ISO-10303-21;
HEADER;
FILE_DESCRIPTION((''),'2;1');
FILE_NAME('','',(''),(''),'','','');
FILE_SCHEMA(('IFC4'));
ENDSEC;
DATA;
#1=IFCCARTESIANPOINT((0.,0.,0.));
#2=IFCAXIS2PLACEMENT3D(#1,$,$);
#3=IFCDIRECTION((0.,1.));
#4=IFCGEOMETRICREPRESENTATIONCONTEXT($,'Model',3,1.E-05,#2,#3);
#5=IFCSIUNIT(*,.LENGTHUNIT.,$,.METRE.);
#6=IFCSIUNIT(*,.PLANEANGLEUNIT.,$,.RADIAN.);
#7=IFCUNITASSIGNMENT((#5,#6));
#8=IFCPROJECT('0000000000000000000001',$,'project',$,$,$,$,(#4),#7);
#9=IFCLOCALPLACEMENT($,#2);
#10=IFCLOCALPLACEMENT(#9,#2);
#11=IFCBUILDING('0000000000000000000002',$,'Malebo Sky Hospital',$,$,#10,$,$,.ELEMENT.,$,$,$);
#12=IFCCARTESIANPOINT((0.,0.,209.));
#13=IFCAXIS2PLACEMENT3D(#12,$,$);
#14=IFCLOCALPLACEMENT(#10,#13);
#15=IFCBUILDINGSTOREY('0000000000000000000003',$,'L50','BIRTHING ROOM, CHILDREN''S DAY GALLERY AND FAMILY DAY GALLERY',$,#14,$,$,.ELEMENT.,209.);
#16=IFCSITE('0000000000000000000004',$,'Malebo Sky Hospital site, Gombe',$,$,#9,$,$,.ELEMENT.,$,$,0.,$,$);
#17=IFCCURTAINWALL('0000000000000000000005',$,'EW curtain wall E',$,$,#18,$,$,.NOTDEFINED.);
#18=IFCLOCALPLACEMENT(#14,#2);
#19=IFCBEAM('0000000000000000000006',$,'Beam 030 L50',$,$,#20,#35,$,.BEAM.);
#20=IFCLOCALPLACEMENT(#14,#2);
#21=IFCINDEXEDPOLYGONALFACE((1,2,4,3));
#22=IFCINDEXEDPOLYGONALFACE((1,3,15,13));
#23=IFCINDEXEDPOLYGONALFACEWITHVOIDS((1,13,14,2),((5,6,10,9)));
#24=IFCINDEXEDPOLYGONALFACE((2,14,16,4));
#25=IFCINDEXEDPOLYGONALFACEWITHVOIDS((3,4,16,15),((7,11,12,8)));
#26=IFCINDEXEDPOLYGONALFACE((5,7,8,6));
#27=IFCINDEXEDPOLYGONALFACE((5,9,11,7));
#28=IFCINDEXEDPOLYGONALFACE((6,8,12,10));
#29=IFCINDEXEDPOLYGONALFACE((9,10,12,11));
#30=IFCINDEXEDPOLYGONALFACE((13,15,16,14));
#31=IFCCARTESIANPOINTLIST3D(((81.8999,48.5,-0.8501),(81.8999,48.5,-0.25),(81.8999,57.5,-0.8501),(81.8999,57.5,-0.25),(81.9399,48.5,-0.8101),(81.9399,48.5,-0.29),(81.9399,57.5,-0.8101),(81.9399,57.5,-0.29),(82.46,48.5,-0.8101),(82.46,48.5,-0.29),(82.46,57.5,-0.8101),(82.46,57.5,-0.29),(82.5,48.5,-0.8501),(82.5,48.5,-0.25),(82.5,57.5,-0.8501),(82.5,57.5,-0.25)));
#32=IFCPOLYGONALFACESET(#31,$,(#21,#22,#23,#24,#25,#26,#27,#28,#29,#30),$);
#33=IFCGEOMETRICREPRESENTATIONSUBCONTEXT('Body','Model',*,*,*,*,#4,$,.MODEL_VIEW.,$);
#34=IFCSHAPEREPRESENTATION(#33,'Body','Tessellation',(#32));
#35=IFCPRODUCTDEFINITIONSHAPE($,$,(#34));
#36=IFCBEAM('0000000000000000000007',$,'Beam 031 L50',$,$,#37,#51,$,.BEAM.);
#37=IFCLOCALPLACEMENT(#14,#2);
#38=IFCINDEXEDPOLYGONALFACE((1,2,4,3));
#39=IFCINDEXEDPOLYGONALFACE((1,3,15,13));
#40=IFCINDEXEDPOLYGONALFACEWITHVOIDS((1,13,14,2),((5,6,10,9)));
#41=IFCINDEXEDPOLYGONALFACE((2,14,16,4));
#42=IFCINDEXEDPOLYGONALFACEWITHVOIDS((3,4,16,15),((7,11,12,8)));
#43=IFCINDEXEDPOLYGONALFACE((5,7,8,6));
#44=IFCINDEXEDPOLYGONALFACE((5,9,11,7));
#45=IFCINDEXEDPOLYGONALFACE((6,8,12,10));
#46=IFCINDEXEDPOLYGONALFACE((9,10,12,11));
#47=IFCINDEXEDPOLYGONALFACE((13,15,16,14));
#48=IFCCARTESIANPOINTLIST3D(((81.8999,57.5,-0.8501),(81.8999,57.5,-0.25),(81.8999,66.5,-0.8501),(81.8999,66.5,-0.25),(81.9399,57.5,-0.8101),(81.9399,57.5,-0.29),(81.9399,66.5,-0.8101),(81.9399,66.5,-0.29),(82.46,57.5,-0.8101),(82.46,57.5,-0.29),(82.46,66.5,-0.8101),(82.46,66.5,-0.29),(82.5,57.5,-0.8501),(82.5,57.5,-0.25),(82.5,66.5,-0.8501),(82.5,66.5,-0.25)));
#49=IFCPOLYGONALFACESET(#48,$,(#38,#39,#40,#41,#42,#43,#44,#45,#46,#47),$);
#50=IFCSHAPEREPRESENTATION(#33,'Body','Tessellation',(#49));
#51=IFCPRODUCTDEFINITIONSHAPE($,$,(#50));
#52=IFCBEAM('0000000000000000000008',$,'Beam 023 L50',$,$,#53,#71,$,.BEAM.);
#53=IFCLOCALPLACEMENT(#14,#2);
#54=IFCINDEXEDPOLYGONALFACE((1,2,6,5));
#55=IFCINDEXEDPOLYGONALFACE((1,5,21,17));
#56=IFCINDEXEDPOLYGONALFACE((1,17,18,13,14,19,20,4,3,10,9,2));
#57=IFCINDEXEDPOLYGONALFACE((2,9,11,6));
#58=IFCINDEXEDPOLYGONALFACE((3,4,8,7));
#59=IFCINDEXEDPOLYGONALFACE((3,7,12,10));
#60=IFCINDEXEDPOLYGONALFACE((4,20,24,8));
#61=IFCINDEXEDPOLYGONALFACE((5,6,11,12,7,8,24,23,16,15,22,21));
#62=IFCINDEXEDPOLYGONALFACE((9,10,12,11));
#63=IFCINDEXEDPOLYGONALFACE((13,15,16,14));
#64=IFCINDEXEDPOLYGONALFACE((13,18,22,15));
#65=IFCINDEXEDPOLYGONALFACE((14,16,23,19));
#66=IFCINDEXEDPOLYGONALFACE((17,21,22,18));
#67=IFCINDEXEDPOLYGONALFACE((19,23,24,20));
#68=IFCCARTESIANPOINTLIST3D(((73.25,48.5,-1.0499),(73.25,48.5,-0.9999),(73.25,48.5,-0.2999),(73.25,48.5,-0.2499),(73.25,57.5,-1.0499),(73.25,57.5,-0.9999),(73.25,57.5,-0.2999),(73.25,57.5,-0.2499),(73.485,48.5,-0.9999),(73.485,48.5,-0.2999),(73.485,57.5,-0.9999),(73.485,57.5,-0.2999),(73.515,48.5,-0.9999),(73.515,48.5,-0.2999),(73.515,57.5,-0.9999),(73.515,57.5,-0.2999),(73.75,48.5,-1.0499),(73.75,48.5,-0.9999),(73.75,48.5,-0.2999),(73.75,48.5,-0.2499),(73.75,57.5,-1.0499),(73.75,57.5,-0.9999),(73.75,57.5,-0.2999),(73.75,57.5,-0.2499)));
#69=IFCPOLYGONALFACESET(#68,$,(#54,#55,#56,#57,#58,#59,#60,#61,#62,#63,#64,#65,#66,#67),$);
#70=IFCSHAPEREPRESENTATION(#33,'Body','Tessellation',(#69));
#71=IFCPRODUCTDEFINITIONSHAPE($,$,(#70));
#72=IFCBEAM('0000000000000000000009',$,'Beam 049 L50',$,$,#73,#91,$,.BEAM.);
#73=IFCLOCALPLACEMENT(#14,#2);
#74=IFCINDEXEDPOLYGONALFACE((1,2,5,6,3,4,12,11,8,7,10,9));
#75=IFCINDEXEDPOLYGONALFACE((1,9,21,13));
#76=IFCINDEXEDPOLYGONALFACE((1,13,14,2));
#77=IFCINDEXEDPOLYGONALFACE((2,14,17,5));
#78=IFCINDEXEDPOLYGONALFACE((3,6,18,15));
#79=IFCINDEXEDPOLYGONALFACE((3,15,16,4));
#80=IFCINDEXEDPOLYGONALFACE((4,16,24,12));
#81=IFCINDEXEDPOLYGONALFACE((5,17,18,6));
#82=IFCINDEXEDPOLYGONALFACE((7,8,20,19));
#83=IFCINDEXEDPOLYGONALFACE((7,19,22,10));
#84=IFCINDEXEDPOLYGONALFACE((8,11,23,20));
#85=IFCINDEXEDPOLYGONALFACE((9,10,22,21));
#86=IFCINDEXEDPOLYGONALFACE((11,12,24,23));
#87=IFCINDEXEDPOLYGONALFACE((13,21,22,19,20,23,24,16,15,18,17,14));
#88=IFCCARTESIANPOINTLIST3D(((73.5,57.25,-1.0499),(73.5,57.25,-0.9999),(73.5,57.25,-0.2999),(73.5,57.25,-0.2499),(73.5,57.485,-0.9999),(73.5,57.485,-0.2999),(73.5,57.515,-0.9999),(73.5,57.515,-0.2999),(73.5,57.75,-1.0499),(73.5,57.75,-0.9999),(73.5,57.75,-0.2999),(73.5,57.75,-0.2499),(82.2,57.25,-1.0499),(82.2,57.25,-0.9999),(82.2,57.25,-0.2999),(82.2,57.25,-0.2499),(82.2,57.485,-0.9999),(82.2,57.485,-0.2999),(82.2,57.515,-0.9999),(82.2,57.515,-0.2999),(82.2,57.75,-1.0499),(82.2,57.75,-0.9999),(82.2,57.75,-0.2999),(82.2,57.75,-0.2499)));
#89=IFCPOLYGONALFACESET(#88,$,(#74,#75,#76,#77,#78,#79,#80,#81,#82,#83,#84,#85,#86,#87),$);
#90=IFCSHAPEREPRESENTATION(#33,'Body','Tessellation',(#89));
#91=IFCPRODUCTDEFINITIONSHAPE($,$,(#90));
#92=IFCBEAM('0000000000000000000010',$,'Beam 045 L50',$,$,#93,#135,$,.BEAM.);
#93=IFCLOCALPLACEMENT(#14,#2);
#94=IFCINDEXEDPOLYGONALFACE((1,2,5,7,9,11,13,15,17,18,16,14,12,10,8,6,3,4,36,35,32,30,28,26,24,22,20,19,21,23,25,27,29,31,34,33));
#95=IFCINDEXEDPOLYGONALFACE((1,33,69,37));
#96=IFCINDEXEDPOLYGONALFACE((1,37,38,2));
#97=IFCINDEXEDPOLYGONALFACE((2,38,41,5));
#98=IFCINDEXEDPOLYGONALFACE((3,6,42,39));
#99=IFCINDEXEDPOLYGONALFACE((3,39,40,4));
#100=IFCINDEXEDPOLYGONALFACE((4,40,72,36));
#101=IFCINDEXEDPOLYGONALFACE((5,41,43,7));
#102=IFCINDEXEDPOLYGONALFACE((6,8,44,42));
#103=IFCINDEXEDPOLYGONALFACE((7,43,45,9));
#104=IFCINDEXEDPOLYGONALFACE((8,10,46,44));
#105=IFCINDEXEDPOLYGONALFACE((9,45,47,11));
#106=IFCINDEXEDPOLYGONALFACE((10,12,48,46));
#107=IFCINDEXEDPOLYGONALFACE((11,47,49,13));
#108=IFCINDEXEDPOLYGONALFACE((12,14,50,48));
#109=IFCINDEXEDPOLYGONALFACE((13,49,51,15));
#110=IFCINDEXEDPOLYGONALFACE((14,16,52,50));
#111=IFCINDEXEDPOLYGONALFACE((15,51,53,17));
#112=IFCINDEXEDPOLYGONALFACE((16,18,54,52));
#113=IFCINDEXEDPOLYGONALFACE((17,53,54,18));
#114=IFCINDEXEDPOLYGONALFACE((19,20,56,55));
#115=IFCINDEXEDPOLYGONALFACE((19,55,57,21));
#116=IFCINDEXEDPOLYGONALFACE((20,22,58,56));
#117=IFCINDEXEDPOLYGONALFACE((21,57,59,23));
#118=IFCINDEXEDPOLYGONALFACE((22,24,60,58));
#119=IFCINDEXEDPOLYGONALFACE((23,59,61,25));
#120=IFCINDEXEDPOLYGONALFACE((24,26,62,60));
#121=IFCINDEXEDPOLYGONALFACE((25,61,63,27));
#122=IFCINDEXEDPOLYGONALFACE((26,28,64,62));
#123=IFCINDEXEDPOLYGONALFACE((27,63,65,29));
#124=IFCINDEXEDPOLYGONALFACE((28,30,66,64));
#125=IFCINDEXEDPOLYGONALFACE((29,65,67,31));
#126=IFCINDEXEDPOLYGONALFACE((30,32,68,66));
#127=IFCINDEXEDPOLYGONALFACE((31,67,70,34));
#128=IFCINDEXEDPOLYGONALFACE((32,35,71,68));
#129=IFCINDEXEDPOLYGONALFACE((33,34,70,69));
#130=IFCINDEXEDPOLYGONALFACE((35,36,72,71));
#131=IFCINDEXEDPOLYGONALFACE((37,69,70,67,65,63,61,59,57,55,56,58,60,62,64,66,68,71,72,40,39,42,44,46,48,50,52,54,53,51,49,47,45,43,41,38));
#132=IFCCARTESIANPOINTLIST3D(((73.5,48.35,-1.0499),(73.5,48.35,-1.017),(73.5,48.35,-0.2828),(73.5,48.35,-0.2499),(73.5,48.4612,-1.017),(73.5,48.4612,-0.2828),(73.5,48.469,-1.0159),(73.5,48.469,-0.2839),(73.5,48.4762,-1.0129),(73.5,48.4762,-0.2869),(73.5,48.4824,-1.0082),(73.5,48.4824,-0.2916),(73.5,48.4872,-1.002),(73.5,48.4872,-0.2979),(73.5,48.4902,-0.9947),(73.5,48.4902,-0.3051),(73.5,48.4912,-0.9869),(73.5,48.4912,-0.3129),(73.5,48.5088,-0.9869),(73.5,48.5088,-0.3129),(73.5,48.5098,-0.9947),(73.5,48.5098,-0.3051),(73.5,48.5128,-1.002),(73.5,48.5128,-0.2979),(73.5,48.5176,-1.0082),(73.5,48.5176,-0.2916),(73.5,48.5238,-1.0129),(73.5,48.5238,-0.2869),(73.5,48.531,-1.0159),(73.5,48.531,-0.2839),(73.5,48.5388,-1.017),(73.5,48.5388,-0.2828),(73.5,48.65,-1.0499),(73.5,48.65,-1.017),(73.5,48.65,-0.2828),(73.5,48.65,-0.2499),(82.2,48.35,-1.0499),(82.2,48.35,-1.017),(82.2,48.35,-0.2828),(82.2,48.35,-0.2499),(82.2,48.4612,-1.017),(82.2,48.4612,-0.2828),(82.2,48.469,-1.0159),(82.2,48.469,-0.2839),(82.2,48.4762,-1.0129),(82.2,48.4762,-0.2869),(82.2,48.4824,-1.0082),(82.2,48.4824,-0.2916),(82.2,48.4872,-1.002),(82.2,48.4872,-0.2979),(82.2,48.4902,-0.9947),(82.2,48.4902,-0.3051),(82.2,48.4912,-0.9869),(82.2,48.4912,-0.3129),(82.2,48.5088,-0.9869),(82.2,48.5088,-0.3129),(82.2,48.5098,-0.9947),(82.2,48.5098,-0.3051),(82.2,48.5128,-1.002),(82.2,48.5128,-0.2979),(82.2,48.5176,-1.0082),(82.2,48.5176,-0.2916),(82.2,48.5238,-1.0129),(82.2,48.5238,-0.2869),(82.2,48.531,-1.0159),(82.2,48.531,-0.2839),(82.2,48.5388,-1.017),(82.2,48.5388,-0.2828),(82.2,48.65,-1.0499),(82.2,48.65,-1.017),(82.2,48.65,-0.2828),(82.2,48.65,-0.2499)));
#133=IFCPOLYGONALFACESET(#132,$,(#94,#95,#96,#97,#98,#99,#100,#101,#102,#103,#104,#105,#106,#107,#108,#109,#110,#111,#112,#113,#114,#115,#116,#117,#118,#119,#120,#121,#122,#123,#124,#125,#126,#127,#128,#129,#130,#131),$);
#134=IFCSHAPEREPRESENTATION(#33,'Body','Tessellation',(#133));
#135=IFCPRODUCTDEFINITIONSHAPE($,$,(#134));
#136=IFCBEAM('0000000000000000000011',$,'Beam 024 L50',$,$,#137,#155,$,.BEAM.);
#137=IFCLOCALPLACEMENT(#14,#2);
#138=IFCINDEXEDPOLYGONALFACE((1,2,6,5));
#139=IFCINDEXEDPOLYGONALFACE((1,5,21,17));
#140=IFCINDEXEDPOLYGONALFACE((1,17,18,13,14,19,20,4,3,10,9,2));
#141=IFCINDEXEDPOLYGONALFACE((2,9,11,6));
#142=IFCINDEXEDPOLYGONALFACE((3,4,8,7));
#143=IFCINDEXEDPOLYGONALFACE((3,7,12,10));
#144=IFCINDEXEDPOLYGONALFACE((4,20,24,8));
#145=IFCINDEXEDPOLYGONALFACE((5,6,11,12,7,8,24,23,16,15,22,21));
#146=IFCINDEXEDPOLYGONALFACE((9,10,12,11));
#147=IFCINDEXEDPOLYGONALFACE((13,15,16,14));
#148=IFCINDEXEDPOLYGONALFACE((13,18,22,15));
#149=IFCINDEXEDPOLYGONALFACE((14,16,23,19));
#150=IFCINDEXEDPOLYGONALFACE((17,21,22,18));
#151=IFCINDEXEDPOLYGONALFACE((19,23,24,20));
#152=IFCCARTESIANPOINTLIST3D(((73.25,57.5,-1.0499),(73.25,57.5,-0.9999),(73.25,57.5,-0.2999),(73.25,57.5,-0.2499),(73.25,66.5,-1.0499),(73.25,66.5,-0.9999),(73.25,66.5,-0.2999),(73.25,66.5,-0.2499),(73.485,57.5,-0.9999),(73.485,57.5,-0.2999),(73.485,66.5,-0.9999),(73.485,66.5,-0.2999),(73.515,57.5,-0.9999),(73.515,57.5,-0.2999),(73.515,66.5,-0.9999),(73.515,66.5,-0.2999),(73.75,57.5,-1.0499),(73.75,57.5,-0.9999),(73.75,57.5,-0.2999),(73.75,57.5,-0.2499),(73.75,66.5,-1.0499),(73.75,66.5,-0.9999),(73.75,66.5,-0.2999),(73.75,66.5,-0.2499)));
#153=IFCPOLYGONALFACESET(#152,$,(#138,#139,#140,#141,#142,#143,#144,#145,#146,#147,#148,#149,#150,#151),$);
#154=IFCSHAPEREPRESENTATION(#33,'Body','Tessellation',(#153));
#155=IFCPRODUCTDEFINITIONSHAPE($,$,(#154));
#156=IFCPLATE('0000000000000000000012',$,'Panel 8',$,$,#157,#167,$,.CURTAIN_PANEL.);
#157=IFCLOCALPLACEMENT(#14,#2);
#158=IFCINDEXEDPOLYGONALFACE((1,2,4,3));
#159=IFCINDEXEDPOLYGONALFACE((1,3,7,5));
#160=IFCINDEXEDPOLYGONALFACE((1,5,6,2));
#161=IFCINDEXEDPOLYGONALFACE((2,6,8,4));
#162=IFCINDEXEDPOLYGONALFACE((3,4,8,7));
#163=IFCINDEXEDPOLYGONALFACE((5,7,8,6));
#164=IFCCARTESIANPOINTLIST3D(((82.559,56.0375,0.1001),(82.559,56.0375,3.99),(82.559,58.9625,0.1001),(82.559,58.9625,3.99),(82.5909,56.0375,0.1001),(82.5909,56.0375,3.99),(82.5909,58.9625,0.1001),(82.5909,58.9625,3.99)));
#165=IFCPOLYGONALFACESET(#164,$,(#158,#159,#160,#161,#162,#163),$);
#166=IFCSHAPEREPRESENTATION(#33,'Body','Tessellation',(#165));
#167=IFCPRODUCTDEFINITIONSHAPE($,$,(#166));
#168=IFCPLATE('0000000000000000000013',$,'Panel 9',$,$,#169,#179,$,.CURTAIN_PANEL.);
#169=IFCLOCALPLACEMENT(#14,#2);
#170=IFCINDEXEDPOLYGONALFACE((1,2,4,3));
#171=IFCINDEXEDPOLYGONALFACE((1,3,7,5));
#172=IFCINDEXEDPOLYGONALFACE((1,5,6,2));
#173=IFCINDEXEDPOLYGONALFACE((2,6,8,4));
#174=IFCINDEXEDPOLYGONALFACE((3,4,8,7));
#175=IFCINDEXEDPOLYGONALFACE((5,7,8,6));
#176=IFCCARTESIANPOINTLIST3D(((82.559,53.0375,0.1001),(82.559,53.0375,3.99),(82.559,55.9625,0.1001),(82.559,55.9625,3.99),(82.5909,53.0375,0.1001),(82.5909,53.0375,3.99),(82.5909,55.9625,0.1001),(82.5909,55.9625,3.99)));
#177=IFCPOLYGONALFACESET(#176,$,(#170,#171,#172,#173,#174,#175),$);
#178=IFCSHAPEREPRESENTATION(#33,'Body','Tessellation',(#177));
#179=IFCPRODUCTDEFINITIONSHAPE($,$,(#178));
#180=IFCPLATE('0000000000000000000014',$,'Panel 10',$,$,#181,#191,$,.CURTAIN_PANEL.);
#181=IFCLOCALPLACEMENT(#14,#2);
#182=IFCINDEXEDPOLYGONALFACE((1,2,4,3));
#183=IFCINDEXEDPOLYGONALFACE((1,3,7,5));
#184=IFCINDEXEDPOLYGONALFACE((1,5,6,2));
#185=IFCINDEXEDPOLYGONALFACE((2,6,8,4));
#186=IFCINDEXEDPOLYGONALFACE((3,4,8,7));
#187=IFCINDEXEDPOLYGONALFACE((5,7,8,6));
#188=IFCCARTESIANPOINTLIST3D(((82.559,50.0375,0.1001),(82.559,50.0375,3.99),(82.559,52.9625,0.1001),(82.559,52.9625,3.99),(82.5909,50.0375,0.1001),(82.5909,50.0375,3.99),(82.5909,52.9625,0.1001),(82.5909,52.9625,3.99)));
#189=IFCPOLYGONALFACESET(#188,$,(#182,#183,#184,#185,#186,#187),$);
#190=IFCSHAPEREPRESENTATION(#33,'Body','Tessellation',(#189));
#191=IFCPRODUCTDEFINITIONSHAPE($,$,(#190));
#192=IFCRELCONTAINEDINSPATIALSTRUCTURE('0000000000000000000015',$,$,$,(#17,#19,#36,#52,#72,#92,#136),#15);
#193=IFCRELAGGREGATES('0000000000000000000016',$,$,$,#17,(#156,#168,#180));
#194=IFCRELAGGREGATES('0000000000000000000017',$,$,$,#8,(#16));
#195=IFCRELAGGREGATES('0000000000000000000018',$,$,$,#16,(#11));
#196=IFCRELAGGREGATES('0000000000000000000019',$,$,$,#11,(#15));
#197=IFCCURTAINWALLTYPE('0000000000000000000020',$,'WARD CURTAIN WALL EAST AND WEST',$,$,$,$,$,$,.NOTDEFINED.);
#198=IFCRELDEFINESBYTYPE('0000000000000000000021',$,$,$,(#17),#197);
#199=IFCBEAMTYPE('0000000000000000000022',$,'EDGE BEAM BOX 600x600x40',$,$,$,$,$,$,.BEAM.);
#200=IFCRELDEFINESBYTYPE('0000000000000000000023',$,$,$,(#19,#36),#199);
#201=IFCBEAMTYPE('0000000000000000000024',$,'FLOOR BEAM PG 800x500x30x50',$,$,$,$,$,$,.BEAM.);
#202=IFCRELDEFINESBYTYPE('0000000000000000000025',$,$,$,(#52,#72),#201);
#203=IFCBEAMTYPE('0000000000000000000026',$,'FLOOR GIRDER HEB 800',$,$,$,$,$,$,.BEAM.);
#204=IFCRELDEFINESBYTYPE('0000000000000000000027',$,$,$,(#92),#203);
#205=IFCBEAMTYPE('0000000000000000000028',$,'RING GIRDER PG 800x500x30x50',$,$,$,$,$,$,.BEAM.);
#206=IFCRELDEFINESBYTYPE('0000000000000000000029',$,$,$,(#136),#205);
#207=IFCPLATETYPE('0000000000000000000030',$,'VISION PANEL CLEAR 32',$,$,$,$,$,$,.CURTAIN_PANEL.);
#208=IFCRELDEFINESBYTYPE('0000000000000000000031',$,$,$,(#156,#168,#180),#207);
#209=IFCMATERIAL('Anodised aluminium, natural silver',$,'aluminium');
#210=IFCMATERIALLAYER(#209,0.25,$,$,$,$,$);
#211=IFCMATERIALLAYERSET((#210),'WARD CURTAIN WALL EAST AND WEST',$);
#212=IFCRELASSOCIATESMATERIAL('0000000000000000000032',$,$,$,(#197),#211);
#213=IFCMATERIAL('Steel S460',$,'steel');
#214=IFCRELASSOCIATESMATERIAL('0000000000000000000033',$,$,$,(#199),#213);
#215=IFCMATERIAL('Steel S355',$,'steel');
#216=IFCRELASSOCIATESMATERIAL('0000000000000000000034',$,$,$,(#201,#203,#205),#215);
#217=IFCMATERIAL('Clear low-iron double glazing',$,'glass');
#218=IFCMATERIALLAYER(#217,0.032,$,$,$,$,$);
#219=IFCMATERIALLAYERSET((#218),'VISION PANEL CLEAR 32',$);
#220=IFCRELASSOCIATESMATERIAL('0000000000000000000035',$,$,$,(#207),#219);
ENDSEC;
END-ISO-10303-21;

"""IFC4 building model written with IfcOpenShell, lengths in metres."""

from ifc_helpers import new_model, si_unit, direction, frame, origin, origin_2d, place, context, subcontext, project, spatial, rectangle, hollow_rectangle, i_section, extrude, material, layer, layer_set, material_profile, profile_set, type_object, element, aggregate, save


model = new_model("IFC4")

# Units and contexts
model_context = context("Model", 3, precision=1e-05, world=origin(), true_north=direction((0.0, 1.0)))
body_context = subcontext(model_context, "Body", "Model", "MODEL_VIEW")
ifc_project = project(units=[si_unit("LENGTHUNIT", "METRE"), si_unit("PLANEANGLEUNIT", "RADIAN")], contexts=[model_context])

# Site, building, storey
site_placement = place(None, origin())
site = spatial("IfcSite", under=ifc_project, at=site_placement, Name="Malebo Sky Hospital site, Gombe", CompositionType="ELEMENT", RefElevation=0.0)
building_placement = place(site_placement, origin())
building = spatial("IfcBuilding", under=site, at=building_placement, Name="Malebo Sky Hospital", CompositionType="ELEMENT")
storey_placement = place(building_placement, frame((0.0, 0.0, 209.0)))
storey = spatial("IfcBuildingStorey", under=building, at=storey_placement, Name="L50", Description="BIRTHING ROOM, CHILDREN'S DAY GALLERY AND FAMILY DAY GALLERY", CompositionType="ELEMENT", Elevation=209.0)

# Shared definitions
ifc_material_1 = material(Name="Steel S460", Category="steel")

# Curtain wall
ifc_material_2 = material(Name="Anodised aluminium, natural silver", Category="aluminium")
ifc_layer_1 = layer(ifc_material_2, 0.25)
ifc_layer_set_1 = layer_set([ifc_layer_1], Name="WARD CURTAIN WALL EAST AND WEST")
curtain_wall_type = type_object("IfcCurtainWallType", Name="WARD CURTAIN WALL EAST AND WEST", PredefinedType="NOTDEFINED", material=ifc_layer_set_1)
curtain_wall_placement = place(storey_placement, origin())
curtain_wall = element("IfcCurtainWall", 1, at=curtain_wall_placement, inside=storey, type_object=curtain_wall_type, Name="EW curtain wall E", PredefinedType="NOTDEFINED")

# Beams
ifc_material_profile_1 = material_profile(ifc_material_1, hollow_rectangle(XDim=0.6001, YDim=0.6001, WallThickness=0.04, at=origin_2d()), Name="BOX 600x600x40")
ifc_profile_set_1 = profile_set([ifc_material_profile_1], Name="Steel S460")
beam_type_1 = type_object("IfcBeamType", Name="EDGE BEAM BOX 600x600x40", PredefinedType="BEAM", material=ifc_profile_set_1)
for number, where, z_axis, x_axis, name in (
    (2, (82.2, 48.5, -0.55), (0.0, 1.0, 0.0), (-1.0, 0.0, 0.0), "Beam 030 L50"),
    (3, (82.2, 57.5, -0.55), (0.0, 1.0, 0.0), (-1.0, 0.0, 0.0), "Beam 031 L50"),
):
    element("IfcBeam", number, at=place(storey_placement, frame(where, z_axis=z_axis, x_axis=x_axis)), inside=storey, type_object=beam_type_1, Name=name, PredefinedType="BEAM", context=body_context, shape_type="SweptSolid", body=[
        extrude(hollow_rectangle(XDim=0.6001, YDim=0.6001, WallThickness=0.04, at=origin_2d()), origin(), (0.0, 0.0, 1.0), 9.0),
    ])
ifc_material_3 = material(Name="Steel S355", Category="steel")
ifc_material_profile_2 = material_profile(ifc_material_3, i_section(OverallWidth=0.5, OverallDepth=0.8, WebThickness=0.03, FlangeThickness=0.05, at=origin_2d()), Name="PG 800x500x30x50")
ifc_profile_set_2 = profile_set([ifc_material_profile_2], Name="Steel S355")
beam_type_2 = type_object("IfcBeamType", Name="FLOOR BEAM PG 800x500x30x50", PredefinedType="BEAM", material=ifc_profile_set_2)
beam_1_placement = place(storey_placement, frame((73.5, 48.5, -0.6499), z_axis=(0.0, 1.0, 0.0), x_axis=(-1.0, 0.0, 0.0)))
element("IfcBeam", 4, at=beam_1_placement, inside=storey, type_object=beam_type_2, Name="Beam 023 L50", PredefinedType="BEAM", context=body_context, shape_type="SweptSolid", body=[
    extrude(i_section(OverallWidth=0.5, OverallDepth=0.8, WebThickness=0.03, FlangeThickness=0.05, at=origin_2d()), origin(), (0.0, 0.0, 1.0), 9.0),
])
beam_2_placement = place(storey_placement, frame((73.5, 57.5, -0.6499), z_axis=(1.0, 0.0, 0.0), x_axis=(0.0, 1.0, 0.0)))
element("IfcBeam", 5, at=beam_2_placement, inside=storey, type_object=beam_type_2, Name="Beam 049 L50", PredefinedType="BEAM", context=body_context, shape_type="SweptSolid", body=[
    extrude(i_section(OverallWidth=0.5, OverallDepth=0.8, WebThickness=0.03, FlangeThickness=0.05, at=origin_2d()), origin(), (0.0, 0.0, 1.0), 8.7),
])
ifc_material_profile_3 = material_profile(ifc_material_3, i_section(OverallWidth=0.3, OverallDepth=0.8, WebThickness=0.0176, FlangeThickness=0.033, FilletRadius=0.03, at=origin_2d()), Name="HEB 800")
ifc_profile_set_3 = profile_set([ifc_material_profile_3], Name="Steel S355")
beam_type_3 = type_object("IfcBeamType", Name="FLOOR GIRDER HEB 800", PredefinedType="BEAM", material=ifc_profile_set_3)
beam_3_placement = place(storey_placement, frame((73.5, 48.5, -0.6499), z_axis=(1.0, 0.0, 0.0), x_axis=(0.0, 1.0, 0.0)))
element("IfcBeam", 6, at=beam_3_placement, inside=storey, type_object=beam_type_3, Name="Beam 045 L50", PredefinedType="BEAM", context=body_context, shape_type="SweptSolid", body=[
    extrude(i_section(OverallWidth=0.3, OverallDepth=0.8, WebThickness=0.0176, FlangeThickness=0.033, FilletRadius=0.03, at=origin_2d()), origin(), (0.0, 0.0, 1.0), 8.7),
])
ifc_material_profile_4 = material_profile(ifc_material_3, i_section(OverallWidth=0.5, OverallDepth=0.8, WebThickness=0.03, FlangeThickness=0.05, at=origin_2d()), Name="PG 800x500x30x50")
ifc_profile_set_4 = profile_set([ifc_material_profile_4], Name="Steel S355")
beam_type_4 = type_object("IfcBeamType", Name="RING GIRDER PG 800x500x30x50", PredefinedType="BEAM", material=ifc_profile_set_4)
beam_4_placement = place(storey_placement, frame((73.5, 57.5, -0.6499), z_axis=(0.0, 1.0, 0.0), x_axis=(-1.0, 0.0, 0.0)))
element("IfcBeam", 7, at=beam_4_placement, inside=storey, type_object=beam_type_4, Name="Beam 024 L50", PredefinedType="BEAM", context=body_context, shape_type="SweptSolid", body=[
    extrude(i_section(OverallWidth=0.5, OverallDepth=0.8, WebThickness=0.03, FlangeThickness=0.05, at=origin_2d()), origin(), (0.0, 0.0, 1.0), 9.0),
])

# Plates
ifc_material_4 = material(Name="Clear low-iron double glazing", Category="glass")
ifc_layer_2 = layer(ifc_material_4, 0.032)
ifc_layer_set_2 = layer_set([ifc_layer_2], Name="VISION PANEL CLEAR 32")
plate_type = type_object("IfcPlateType", Name="VISION PANEL CLEAR 32", PredefinedType="CURTAIN_PANEL", material=ifc_layer_set_2)
plate_1_placement = place(storey_placement, frame((82.575, 57.5, 0.1001), z_axis=(0.0, 0.0, 1.0), x_axis=(0.0, -1.0, 0.0)))
plate_1 = element("IfcPlate", 8, at=plate_1_placement, type_object=plate_type, Name="Panel 8", PredefinedType="CURTAIN_PANEL", context=body_context, shape_type="SweptSolid", body=[
    extrude(rectangle(XDim=2.925, YDim=0.032, at=origin_2d()), origin(), (0.0, 0.0, 1.0), 3.8899),
])
plate_2_placement = place(storey_placement, frame((82.575, 54.5, 0.1001), z_axis=(0.0, 0.0, 1.0), x_axis=(0.0, -1.0, 0.0)))
plate_2 = element("IfcPlate", 9, at=plate_2_placement, type_object=plate_type, Name="Panel 9", PredefinedType="CURTAIN_PANEL", context=body_context, shape_type="SweptSolid", body=[
    extrude(rectangle(XDim=2.925, YDim=0.032, at=origin_2d()), origin(), (0.0, 0.0, 1.0), 3.8899),
])
plate_3_placement = place(storey_placement, frame((82.575, 51.5, 0.1001), z_axis=(0.0, 0.0, 1.0), x_axis=(0.0, -1.0, 0.0)))
plate_3 = element("IfcPlate", 10, at=plate_3_placement, type_object=plate_type, Name="Panel 10", PredefinedType="CURTAIN_PANEL", context=body_context, shape_type="SweptSolid", body=[
    extrude(rectangle(XDim=2.925, YDim=0.032, at=origin_2d()), origin(), (0.0, 0.0, 1.0), 3.8899),
])
aggregate(curtain_wall, [plate_1, plate_2, plate_3])

save(model, "model.ifc")
